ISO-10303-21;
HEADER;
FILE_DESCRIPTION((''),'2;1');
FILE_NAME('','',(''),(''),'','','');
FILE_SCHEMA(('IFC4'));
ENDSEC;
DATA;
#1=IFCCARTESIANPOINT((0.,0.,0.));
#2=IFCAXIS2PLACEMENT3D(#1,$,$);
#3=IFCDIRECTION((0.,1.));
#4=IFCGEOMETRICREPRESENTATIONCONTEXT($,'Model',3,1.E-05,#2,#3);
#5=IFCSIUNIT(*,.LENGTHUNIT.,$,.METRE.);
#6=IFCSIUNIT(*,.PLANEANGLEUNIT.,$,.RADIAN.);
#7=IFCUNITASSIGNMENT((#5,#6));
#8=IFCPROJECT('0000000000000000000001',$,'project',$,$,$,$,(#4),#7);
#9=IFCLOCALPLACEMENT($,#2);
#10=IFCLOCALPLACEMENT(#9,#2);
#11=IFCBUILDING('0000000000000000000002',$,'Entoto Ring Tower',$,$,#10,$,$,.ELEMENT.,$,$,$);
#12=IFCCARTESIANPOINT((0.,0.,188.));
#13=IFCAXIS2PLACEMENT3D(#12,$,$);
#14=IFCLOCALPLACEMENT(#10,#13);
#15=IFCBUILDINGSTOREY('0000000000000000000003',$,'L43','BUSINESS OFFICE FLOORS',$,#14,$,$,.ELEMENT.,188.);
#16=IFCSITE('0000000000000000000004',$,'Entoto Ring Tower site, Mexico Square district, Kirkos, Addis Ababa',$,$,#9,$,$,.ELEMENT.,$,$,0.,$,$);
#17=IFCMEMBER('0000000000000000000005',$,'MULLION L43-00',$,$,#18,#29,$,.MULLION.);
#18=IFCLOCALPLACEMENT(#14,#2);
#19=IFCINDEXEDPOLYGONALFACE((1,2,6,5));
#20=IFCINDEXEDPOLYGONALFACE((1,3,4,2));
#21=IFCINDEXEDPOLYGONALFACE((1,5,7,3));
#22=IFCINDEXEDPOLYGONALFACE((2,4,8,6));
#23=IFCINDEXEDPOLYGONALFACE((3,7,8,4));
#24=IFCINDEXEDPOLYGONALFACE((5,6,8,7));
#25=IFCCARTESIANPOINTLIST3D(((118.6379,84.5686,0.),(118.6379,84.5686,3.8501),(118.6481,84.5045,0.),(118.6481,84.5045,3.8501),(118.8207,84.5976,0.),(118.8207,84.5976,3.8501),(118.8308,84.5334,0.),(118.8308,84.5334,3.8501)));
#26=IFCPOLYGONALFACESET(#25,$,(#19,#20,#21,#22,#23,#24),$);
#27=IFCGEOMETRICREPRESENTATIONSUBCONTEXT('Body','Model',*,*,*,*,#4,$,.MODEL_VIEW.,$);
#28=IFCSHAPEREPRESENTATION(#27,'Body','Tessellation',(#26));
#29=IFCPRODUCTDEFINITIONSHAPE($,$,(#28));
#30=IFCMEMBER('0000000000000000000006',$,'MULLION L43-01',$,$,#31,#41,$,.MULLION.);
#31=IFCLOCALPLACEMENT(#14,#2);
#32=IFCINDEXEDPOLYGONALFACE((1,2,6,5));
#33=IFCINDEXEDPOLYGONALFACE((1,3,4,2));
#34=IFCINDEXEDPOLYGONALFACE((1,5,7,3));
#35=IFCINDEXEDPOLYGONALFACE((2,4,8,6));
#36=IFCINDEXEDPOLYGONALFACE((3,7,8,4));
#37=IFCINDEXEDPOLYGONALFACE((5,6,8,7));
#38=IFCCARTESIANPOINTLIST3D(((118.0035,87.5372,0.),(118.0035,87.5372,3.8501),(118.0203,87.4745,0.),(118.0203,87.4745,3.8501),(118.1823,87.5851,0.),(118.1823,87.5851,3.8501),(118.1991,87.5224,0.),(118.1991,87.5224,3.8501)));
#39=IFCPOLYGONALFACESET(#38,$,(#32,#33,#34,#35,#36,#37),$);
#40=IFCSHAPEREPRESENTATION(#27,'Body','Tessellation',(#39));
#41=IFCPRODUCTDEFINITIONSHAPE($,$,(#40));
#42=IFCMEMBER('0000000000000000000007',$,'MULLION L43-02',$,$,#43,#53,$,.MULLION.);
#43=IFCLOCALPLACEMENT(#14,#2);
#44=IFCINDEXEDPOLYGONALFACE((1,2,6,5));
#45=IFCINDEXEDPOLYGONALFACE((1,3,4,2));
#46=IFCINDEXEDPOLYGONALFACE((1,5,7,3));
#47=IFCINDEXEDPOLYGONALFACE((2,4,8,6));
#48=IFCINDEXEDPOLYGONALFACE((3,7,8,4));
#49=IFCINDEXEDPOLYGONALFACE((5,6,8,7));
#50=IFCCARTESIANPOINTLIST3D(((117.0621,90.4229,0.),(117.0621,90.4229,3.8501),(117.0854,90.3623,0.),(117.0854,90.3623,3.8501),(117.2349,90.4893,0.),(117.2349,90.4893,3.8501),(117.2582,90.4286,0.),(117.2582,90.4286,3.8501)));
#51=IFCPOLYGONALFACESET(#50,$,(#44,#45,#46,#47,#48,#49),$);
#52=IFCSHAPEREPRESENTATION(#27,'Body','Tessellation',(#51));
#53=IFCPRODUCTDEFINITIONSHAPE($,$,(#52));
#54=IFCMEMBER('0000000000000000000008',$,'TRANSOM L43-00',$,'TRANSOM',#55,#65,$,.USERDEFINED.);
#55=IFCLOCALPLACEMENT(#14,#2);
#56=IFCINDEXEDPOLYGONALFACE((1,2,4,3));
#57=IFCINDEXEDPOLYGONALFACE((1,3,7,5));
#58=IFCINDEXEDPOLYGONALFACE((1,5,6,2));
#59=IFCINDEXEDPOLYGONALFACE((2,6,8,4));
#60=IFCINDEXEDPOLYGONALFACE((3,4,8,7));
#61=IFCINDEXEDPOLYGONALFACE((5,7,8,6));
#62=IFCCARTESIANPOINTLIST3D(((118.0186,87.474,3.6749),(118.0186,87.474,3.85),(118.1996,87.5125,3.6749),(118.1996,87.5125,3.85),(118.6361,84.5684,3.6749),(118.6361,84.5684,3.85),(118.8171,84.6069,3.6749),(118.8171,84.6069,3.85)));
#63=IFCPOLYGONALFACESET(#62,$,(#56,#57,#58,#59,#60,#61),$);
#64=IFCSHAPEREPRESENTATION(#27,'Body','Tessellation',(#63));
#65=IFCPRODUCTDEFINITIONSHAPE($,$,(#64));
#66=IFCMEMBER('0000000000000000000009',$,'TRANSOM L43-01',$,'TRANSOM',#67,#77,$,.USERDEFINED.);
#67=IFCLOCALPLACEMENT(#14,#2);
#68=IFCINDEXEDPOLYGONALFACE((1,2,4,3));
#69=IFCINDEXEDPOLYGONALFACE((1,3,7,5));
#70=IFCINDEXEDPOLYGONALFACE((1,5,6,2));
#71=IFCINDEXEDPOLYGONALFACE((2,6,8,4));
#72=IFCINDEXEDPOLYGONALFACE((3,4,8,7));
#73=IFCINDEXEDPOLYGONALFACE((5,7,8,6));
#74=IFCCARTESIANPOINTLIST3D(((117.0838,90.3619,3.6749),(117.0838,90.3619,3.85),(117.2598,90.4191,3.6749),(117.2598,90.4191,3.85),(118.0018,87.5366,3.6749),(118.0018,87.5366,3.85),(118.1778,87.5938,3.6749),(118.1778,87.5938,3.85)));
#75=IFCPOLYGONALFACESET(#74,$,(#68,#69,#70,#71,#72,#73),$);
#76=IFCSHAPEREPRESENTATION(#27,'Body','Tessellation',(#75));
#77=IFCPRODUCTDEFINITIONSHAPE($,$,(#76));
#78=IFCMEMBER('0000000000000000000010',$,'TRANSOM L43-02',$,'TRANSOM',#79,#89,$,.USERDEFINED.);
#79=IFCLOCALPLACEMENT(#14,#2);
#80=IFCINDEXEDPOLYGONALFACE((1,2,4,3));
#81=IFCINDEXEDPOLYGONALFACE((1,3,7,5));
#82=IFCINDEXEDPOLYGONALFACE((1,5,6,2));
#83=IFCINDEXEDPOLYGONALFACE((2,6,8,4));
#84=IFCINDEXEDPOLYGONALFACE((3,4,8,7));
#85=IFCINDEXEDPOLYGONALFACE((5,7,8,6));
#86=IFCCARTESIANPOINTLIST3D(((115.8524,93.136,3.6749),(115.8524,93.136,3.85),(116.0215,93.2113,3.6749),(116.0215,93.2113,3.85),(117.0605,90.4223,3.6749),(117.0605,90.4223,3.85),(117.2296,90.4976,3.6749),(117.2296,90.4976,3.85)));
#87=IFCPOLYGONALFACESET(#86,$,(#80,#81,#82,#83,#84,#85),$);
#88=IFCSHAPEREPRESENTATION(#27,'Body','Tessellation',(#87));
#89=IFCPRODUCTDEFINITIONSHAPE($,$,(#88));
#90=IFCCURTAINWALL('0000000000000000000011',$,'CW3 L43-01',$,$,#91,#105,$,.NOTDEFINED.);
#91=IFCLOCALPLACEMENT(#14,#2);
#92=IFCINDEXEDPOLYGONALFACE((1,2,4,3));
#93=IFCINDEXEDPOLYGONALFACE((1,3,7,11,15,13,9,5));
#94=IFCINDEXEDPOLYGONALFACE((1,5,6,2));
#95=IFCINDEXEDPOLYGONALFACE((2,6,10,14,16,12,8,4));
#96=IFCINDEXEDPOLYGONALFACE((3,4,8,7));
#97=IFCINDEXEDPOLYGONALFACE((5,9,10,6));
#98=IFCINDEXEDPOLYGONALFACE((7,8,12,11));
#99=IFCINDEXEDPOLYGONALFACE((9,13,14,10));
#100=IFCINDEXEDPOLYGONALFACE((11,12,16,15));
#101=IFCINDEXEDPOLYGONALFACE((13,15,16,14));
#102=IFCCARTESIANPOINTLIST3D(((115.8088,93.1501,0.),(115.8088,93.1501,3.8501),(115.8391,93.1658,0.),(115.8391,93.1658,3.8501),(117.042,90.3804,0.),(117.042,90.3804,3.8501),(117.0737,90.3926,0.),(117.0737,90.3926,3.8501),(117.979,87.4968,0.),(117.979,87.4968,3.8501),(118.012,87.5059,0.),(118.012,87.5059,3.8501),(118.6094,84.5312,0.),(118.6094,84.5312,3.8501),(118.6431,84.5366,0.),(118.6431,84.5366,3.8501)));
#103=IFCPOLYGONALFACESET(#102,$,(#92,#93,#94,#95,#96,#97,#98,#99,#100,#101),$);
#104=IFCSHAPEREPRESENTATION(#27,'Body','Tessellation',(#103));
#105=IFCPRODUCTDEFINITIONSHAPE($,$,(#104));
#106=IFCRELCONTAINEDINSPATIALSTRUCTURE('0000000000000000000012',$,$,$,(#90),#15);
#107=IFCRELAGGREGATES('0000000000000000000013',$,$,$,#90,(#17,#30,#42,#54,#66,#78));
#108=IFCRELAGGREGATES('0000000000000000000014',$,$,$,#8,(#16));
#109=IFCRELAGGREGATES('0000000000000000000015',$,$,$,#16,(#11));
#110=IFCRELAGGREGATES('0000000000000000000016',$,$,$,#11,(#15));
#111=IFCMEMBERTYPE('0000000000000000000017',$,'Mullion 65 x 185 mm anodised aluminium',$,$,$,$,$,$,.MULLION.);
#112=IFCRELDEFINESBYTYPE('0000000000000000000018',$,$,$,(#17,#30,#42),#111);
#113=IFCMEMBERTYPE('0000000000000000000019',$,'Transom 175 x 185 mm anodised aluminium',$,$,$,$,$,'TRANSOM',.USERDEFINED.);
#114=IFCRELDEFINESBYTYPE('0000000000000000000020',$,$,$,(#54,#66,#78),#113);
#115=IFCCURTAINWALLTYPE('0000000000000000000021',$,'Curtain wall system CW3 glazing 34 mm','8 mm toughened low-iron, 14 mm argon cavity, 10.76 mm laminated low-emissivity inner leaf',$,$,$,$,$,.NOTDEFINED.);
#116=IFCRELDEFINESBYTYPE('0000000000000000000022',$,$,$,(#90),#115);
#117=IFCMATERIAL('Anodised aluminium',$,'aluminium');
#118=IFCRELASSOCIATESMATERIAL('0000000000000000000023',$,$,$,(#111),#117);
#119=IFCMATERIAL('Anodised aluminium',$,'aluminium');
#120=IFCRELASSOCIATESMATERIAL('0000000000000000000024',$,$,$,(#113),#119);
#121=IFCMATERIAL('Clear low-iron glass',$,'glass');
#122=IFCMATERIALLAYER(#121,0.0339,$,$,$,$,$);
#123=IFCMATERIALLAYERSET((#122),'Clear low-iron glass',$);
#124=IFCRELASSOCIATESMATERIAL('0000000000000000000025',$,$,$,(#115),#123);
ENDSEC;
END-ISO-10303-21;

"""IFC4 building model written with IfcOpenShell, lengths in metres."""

from ifc_helpers import new_model, si_unit, direction, frame, origin, origin_2d, place, context, subcontext, project, spatial, polyline, rectangle, outline, extrude, material, layer, layer_set, material_profile, profile_set, type_object, element, aggregate, save


model = new_model("IFC4")

# Units and contexts
model_context = context("Model", 3, precision=1e-05, world=origin(), true_north=direction((0.0, 1.0)))
body_context = subcontext(model_context, "Body", "Model", "MODEL_VIEW")
ifc_project = project(units=[si_unit("LENGTHUNIT", "METRE"), si_unit("PLANEANGLEUNIT", "RADIAN")], contexts=[model_context])

# Members
ifc_material_1 = material(Name="Anodised aluminium", Category="aluminium")
ifc_material_profile_1 = material_profile(ifc_material_1, rectangle(XDim=0.0649, YDim=0.1851, at=origin_2d()), Name="Mullion 65 x 185 mm anodised aluminium")
ifc_profile_set_1 = profile_set([ifc_material_profile_1], Name="Anodised aluminium")
member_type_1 = type_object("IfcMemberType", Name="Mullion 65 x 185 mm anodised aluminium", PredefinedType="MULLION", material=ifc_profile_set_1)
site_placement = place(None, origin())
building_placement = place(site_placement, origin())
storey_placement = place(building_placement, frame((0.0, 0.0, 188.0)))
member_1_placement = place(storey_placement, frame((118.7344, 84.551, 0.0), z_axis=(0.0, 0.0, 1.0), x_axis=(-0.156434, 0.987688, 0.0)))
member_1 = element("IfcMember", 1, at=member_1_placement, type_object=member_type_1, Name="MULLION L43-00", PredefinedType="MULLION", context=body_context, shape_type="SweptSolid", body=[
    extrude(rectangle(XDim=0.0649, YDim=0.1851, at=origin_2d()), origin(), (0.0, 0.0, 1.0), 3.8501),
])
member_2_placement = place(storey_placement, frame((118.1013, 87.5298, 0.0), z_axis=(0.0, 0.0, 1.0), x_axis=(-0.258819, 0.965926, 0.0)))
member_2 = element("IfcMember", 2, at=member_2_placement, type_object=member_type_1, Name="MULLION L43-01", PredefinedType="MULLION", context=body_context, shape_type="SweptSolid", body=[
    extrude(rectangle(XDim=0.0649, YDim=0.1851, at=origin_2d()), origin(), (0.0, 0.0, 1.0), 3.8501),
])
member_3_placement = place(storey_placement, frame((117.1602, 90.4258, 0.0), z_axis=(0.0, 0.0, 1.0), x_axis=(-0.358368, 0.93358, 0.0)))
member_3 = element("IfcMember", 3, at=member_3_placement, type_object=member_type_1, Name="MULLION L43-02", PredefinedType="MULLION", context=body_context, shape_type="SweptSolid", body=[
    extrude(rectangle(XDim=0.0649, YDim=0.1851, at=origin_2d()), origin(), (0.0, 0.0, 1.0), 3.8501),
])
ifc_material_2 = material(Name="Anodised aluminium", Category="aluminium")
ifc_material_profile_2 = material_profile(ifc_material_2, rectangle(XDim=0.1851, YDim=0.175, at=origin_2d()), Name="Transom 175 x 185 mm anodised aluminium")
ifc_profile_set_2 = profile_set([ifc_material_profile_2], Name="Anodised aluminium")
member_type_2 = type_object("IfcMemberType", Name="Transom 175 x 185 mm anodised aluminium", ElementType="TRANSOM", PredefinedType="USERDEFINED", material=ifc_profile_set_2)
member_4_placement = place(storey_placement, frame((118.7266, 84.5876, 3.7625), z_axis=(-0.207862, 0.978158, 0.0), x_axis=(-0.978158, -0.207862, 0.0)))
member_4 = element("IfcMember", 4, at=member_4_placement, type_object=member_type_2, Name="TRANSOM L43-00", ObjectType="TRANSOM", PredefinedType="USERDEFINED", context=body_context, shape_type="SweptSolid", body=[
    extrude(rectangle(XDim=0.1851, YDim=0.175, at=origin_2d()), origin(), (0.0, 0.0, 1.0), 2.9705),
])
member_5_placement = place(storey_placement, frame((118.0898, 87.5652, 3.7625), z_axis=(-0.309019, 0.951056, 0.0), x_axis=(-0.951056, -0.309019, 0.0)))
member_5 = element("IfcMember", 5, at=member_5_placement, type_object=member_type_2, Name="TRANSOM L43-01", ObjectType="TRANSOM", PredefinedType="USERDEFINED", context=body_context, shape_type="SweptSolid", body=[
    extrude(rectangle(XDim=0.1851, YDim=0.175, at=origin_2d()), origin(), (0.0, 0.0, 1.0), 2.9707),
])
member_6_placement = place(storey_placement, frame((117.145, 90.46, 3.7625), z_axis=(-0.406687, 0.913567, 0.0), x_axis=(-0.913567, -0.406687, 0.0)))
member_6 = element("IfcMember", 6, at=member_6_placement, type_object=member_type_2, Name="TRANSOM L43-02", ObjectType="TRANSOM", PredefinedType="USERDEFINED", context=body_context, shape_type="SweptSolid", body=[
    extrude(rectangle(XDim=0.1851, YDim=0.175, at=origin_2d()), origin(), (0.0, 0.0, 1.0), 2.9705),
])

# Site, building, storey
site = spatial("IfcSite", under=ifc_project, at=site_placement, Name="Entoto Ring Tower site, Mexico Square district, Kirkos, Addis Ababa", CompositionType="ELEMENT", RefElevation=0.0)
building = spatial("IfcBuilding", under=site, at=building_placement, Name="Entoto Ring Tower", CompositionType="ELEMENT")
storey = spatial("IfcBuildingStorey", under=building, at=storey_placement, Name="L43", Description="BUSINESS OFFICE FLOORS", CompositionType="ELEMENT", Elevation=188.0)

# Curtain wall
ifc_material_3 = material(Name="Clear low-iron glass", Category="glass")
ifc_layer_1 = layer(ifc_material_3, 0.0339)
ifc_layer_set_1 = layer_set([ifc_layer_1], Name="Clear low-iron glass")
curtain_wall_type = type_object("IfcCurtainWallType", Name="Curtain wall system CW3 glazing 34 mm", Description="8 mm toughened low-iron, 14 mm argon cavity, 10.76 mm laminated low-emissivity inner leaf", PredefinedType="NOTDEFINED", material=ifc_layer_set_1)
curtain_wall_1_placement = place(storey_placement, origin())
curtain_wall_1 = element("IfcCurtainWall", 7, at=curtain_wall_1_placement, inside=storey, type_object=curtain_wall_type, Name="CW3 L43-01", PredefinedType="NOTDEFINED", context=body_context, shape_type="SweptSolid", body=[
    extrude(outline(polyline([(118.6431, 84.5366), (118.012, 87.5059), (117.0737, 90.3926), (115.8391, 93.1658), (115.8088, 93.1501), (117.042, 90.3804), (117.979, 87.4968), (118.6094, 84.5312), (118.6431, 84.5366)])), origin(), (0.0, 0.0, 1.0), 3.8501),
])
aggregate(curtain_wall_1, [member_1, member_2, member_3, member_4, member_5, member_6])

save(model, "model.ifc")
